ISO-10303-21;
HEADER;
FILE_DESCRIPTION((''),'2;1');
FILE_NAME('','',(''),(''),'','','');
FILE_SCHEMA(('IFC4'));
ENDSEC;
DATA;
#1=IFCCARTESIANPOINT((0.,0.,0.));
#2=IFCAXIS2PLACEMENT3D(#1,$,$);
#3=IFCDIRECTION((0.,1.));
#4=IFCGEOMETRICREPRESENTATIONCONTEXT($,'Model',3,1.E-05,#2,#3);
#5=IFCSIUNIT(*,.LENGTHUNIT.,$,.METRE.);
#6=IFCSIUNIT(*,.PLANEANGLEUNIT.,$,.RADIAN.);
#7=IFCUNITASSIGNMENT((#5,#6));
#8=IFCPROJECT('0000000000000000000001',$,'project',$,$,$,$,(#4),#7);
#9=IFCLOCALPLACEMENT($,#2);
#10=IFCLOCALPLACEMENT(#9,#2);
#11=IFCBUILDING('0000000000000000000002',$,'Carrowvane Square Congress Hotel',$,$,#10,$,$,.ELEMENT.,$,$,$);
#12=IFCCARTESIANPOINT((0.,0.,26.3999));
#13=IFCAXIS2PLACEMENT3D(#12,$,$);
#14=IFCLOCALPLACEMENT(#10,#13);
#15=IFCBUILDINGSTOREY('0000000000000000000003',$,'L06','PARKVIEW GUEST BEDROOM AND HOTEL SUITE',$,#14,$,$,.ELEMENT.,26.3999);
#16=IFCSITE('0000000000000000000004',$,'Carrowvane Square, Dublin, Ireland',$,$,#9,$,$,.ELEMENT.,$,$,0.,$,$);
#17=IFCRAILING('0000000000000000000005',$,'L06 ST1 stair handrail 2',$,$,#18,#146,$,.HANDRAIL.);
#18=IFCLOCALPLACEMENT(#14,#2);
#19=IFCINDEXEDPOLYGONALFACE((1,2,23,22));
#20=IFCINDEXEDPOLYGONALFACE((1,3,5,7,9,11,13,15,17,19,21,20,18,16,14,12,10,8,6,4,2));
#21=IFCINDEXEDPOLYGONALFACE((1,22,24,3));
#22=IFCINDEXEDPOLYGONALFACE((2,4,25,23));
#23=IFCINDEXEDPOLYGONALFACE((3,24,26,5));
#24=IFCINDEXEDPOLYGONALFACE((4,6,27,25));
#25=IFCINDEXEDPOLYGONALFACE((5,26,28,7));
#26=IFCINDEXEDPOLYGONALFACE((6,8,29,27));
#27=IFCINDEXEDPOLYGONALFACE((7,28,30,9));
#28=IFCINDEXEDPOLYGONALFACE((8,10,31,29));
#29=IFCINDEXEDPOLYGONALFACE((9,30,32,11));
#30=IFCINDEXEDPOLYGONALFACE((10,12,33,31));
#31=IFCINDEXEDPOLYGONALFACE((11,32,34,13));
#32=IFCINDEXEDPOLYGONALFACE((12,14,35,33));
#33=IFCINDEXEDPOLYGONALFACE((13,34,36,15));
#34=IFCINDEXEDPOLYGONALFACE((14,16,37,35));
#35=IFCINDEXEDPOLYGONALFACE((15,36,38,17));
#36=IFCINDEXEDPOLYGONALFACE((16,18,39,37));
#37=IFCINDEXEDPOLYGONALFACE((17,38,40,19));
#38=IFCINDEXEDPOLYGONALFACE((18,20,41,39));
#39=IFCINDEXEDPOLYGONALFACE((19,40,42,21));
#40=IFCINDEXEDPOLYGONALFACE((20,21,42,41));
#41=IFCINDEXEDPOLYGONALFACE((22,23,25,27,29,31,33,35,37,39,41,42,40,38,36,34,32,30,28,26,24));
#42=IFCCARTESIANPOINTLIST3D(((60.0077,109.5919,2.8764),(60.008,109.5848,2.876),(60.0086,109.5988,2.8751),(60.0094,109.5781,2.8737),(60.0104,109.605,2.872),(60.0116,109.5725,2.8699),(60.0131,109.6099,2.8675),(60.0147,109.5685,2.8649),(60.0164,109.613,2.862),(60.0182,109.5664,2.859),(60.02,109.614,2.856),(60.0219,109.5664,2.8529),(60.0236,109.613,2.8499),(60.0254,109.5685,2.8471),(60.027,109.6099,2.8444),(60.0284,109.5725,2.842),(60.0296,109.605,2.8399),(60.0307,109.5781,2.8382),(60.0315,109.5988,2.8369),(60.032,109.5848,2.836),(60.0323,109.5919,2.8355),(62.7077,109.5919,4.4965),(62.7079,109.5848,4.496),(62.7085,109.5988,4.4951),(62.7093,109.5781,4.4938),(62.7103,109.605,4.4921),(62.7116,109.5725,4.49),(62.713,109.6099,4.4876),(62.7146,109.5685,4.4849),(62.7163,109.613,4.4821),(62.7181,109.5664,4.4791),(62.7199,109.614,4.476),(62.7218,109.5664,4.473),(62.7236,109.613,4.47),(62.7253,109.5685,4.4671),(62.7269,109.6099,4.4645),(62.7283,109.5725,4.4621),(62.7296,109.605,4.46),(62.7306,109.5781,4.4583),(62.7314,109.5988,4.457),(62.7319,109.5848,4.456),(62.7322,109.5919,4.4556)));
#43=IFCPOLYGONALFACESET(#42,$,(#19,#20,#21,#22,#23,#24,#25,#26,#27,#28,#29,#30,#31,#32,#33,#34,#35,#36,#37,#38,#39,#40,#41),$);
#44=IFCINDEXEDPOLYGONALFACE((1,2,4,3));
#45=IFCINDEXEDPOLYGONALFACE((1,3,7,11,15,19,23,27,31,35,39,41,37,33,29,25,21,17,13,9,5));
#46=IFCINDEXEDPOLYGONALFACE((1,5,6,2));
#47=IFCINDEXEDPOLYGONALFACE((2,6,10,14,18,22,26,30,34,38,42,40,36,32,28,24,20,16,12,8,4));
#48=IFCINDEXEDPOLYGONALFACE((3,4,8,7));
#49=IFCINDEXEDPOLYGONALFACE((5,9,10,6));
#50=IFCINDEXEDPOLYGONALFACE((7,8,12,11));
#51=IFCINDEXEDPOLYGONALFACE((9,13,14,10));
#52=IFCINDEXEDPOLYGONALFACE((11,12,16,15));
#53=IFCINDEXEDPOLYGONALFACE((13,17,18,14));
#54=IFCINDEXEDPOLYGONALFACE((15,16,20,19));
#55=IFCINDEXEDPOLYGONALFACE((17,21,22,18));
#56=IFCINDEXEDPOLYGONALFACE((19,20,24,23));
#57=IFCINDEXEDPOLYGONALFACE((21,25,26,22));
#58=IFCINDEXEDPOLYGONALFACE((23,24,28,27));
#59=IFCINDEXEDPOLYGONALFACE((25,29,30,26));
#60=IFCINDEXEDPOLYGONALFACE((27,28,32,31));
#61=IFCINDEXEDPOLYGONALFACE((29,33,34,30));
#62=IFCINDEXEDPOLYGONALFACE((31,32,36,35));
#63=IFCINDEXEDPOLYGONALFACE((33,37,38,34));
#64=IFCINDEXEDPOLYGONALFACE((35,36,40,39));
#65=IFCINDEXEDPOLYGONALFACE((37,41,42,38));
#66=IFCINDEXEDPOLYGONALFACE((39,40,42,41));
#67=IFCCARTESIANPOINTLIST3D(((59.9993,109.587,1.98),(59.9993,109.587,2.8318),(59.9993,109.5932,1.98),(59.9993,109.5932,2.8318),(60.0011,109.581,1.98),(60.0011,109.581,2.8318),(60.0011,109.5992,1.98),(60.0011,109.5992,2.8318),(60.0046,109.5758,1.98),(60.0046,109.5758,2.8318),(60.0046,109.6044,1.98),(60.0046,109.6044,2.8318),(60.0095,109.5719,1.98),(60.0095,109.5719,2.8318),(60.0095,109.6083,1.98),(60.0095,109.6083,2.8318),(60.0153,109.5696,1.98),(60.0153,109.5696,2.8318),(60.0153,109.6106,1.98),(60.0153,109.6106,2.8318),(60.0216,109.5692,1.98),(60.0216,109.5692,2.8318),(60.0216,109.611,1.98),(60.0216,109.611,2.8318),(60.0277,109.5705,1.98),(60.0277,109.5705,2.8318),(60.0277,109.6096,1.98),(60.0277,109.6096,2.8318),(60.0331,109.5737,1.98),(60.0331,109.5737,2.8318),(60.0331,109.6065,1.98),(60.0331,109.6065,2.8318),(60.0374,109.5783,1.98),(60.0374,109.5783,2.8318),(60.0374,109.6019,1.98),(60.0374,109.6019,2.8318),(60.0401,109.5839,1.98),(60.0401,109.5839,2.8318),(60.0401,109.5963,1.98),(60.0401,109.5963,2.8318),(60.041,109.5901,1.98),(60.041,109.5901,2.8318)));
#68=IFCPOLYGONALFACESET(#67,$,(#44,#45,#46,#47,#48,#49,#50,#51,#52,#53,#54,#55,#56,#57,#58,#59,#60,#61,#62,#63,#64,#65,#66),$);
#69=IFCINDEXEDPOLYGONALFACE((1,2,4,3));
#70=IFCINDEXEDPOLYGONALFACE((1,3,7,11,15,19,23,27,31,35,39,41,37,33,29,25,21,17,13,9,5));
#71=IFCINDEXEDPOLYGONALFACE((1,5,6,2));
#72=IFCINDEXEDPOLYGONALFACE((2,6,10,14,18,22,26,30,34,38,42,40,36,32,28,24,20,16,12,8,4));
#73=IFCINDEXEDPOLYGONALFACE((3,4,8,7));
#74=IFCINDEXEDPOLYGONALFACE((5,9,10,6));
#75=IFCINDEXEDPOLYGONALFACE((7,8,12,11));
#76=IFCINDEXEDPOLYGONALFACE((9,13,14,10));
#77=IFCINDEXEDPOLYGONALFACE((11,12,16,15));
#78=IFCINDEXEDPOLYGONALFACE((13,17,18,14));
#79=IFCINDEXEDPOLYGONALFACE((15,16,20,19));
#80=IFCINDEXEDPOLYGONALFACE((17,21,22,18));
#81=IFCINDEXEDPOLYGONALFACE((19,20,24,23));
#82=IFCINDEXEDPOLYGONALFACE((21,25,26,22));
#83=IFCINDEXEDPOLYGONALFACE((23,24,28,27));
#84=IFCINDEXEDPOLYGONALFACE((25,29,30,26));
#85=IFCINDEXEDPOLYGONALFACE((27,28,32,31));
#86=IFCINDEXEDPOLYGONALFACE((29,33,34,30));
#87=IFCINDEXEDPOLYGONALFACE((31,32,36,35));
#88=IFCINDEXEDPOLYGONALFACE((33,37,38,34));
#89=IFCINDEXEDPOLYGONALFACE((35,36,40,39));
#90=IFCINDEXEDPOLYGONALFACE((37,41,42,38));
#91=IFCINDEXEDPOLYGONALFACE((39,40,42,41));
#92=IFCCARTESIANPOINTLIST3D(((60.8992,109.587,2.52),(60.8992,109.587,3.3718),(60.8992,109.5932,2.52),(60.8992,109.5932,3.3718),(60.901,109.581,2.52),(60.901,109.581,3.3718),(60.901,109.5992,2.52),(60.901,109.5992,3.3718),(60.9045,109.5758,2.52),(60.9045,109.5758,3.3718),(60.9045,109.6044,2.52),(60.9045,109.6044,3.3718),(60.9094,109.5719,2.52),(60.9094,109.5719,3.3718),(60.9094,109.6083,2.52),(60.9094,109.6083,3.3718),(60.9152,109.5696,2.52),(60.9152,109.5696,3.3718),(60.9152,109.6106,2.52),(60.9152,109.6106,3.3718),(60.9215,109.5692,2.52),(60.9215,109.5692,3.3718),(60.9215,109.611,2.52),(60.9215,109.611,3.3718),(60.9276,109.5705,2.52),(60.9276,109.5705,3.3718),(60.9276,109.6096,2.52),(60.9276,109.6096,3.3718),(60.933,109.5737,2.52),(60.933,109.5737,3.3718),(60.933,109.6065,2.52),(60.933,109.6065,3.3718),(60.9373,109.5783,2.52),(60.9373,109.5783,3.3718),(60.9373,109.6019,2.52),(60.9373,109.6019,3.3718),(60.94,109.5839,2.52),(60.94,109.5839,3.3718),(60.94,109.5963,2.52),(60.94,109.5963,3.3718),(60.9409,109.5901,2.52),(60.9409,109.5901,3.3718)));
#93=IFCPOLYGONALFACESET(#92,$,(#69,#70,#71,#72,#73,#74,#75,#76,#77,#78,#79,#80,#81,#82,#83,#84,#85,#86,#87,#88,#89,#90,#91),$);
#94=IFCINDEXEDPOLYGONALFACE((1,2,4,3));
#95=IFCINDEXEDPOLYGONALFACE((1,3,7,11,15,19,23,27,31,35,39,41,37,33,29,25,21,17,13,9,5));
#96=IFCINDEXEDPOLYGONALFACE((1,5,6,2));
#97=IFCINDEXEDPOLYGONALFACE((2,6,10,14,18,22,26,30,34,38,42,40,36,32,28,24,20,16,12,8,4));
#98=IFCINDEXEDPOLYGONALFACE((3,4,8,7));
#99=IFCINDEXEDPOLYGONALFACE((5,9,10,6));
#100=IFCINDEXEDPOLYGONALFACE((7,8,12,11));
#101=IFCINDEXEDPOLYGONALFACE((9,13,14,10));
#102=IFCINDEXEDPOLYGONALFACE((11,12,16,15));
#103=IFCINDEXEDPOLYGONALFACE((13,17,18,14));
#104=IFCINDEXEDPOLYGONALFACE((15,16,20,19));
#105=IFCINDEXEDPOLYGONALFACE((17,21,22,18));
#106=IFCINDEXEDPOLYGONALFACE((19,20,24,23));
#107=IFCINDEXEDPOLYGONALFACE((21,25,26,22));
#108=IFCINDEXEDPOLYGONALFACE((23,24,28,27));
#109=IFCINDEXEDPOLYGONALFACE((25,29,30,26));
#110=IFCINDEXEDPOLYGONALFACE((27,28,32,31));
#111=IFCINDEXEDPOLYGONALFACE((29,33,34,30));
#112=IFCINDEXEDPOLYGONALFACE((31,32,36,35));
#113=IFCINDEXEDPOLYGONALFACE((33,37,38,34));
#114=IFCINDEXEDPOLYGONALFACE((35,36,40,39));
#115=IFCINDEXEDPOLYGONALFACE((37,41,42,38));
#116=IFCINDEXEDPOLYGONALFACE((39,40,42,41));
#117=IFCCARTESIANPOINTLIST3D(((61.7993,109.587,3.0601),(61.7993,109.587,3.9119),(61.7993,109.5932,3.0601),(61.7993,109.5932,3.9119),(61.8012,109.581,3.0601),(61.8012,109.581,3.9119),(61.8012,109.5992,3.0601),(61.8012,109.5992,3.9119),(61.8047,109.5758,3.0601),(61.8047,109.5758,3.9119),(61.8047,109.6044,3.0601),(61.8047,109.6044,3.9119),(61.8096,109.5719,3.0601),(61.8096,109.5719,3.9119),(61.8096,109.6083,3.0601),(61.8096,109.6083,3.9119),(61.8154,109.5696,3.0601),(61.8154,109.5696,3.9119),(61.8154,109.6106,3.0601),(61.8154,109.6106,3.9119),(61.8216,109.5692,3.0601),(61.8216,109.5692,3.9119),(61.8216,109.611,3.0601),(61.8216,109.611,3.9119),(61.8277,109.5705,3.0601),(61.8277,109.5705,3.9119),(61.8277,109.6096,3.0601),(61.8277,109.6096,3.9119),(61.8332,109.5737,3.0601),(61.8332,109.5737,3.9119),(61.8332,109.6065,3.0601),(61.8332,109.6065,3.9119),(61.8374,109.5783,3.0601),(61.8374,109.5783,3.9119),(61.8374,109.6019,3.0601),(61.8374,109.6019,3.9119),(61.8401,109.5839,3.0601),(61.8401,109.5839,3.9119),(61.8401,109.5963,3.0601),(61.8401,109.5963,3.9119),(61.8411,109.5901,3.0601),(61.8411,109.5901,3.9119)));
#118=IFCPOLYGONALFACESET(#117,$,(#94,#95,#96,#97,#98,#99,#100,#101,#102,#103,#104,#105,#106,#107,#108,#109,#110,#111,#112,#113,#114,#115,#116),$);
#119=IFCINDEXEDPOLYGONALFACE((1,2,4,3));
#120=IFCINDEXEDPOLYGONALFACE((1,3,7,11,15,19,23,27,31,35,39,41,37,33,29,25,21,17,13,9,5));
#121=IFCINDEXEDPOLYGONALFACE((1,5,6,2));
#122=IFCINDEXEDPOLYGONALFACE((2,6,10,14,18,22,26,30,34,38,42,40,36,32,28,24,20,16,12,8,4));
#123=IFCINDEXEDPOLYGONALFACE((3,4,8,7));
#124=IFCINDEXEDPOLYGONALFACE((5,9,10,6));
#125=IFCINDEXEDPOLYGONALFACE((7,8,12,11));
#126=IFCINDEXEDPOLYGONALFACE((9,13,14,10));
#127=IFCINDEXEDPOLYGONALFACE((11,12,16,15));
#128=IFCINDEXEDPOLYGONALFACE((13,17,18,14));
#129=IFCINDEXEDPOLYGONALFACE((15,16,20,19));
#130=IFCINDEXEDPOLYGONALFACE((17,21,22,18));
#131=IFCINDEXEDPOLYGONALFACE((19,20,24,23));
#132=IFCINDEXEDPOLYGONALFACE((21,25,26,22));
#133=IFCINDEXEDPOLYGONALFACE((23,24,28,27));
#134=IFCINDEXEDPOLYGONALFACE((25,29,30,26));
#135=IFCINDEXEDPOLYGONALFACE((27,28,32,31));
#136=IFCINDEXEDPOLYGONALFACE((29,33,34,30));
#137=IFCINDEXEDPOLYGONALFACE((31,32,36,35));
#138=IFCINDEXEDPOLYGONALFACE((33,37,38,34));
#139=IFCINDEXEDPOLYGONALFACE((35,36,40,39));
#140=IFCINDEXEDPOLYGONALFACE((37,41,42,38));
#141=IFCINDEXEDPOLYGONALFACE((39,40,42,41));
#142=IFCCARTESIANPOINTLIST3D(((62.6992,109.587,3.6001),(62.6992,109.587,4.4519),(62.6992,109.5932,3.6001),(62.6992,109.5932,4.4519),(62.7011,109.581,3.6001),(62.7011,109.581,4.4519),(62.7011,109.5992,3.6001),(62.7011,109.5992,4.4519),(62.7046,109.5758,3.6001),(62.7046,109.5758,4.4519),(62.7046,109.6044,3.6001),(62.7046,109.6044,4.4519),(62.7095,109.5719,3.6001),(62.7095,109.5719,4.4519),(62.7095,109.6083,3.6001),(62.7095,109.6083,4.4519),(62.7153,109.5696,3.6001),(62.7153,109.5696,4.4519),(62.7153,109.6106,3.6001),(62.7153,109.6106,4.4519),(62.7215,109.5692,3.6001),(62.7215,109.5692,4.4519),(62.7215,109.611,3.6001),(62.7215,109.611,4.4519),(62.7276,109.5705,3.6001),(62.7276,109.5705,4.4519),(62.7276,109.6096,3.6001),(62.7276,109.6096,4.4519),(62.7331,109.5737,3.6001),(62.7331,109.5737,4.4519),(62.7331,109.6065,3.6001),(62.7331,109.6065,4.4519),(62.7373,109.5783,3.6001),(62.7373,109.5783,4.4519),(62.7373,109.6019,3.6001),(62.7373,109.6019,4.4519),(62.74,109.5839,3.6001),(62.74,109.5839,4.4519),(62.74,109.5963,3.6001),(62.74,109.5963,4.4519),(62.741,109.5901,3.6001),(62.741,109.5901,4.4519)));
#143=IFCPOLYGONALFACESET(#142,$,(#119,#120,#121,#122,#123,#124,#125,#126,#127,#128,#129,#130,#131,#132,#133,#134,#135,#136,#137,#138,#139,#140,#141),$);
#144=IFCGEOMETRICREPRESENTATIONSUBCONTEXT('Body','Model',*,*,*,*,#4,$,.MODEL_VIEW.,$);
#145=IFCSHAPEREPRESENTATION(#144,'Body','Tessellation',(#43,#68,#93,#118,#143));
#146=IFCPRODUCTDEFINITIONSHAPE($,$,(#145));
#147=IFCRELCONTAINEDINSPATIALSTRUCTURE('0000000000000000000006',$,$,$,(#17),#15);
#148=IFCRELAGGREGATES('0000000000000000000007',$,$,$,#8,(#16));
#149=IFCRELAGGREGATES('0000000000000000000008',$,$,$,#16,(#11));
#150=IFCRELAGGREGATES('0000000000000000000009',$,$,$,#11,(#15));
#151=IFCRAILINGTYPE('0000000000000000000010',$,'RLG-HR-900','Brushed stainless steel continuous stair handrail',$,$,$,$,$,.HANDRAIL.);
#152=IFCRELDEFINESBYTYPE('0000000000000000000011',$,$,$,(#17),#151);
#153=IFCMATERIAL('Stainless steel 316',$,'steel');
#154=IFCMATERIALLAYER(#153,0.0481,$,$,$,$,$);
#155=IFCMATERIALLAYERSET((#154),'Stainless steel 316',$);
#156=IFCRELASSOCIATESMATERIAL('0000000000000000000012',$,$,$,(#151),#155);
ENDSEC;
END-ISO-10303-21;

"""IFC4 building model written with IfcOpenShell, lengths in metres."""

from ifc_helpers import new_model, si_unit, direction, frame, origin, origin_2d, place, context, subcontext, project, spatial, circle, extrude, material, layer, layer_set, type_object, element, save


model = new_model("IFC4")

# Units and contexts
model_context = context("Model", 3, precision=1e-05, world=origin(), true_north=direction((0.0, 1.0)))
body_context = subcontext(model_context, "Body", "Model", "MODEL_VIEW")
ifc_project = project(units=[si_unit("LENGTHUNIT", "METRE"), si_unit("PLANEANGLEUNIT", "RADIAN")], contexts=[model_context])

# Site, building, storey
site_placement = place(None, origin())
site = spatial("IfcSite", under=ifc_project, at=site_placement, Name="Carrowvane Square, Dublin, Ireland", CompositionType="ELEMENT", RefElevation=0.0)
building_placement = place(site_placement, origin())
building = spatial("IfcBuilding", under=site, at=building_placement, Name="Carrowvane Square Congress Hotel", CompositionType="ELEMENT")
storey_placement = place(building_placement, frame((0.0, 0.0, 26.3999)))
storey = spatial("IfcBuildingStorey", under=building, at=storey_placement, Name="L06", Description="PARKVIEW GUEST BEDROOM AND HOTEL SUITE", CompositionType="ELEMENT", Elevation=26.3999)

# Railing
ifc_material_1 = material(Name="Stainless steel 316", Category="steel")
ifc_layer_1 = layer(ifc_material_1, 0.0481)
ifc_layer_set_1 = layer_set([ifc_layer_1], Name="Stainless steel 316")
railing_type_1 = type_object("IfcRailingType", Name="RLG-HR-900", Description="Brushed stainless steel continuous stair handrail", PredefinedType="HANDRAIL", material=ifc_layer_set_1)
railing_1_placement = place(storey_placement, frame((60.02, 109.5901, 1.98)))
element("IfcRailing", 1, at=railing_1_placement, inside=storey, type_object=railing_type_1, Name="L06 ST1 stair handrail 2", PredefinedType="HANDRAIL", context=body_context, shape_type="SweptSolid", body=[
    extrude(circle(Radius=0.0239, at=origin_2d()), frame((0.0, 0.0, 0.876), z_axis=(0.857472, 0.0, 0.51453), x_axis=(0.0, 1.0, 0.0)), (0.0, 0.0, 1.0), 3.1487),
    extrude(circle(Radius=0.021, at=origin_2d()), origin(), (0.0, 0.0, 1.0), 0.8518),
    extrude(circle(Radius=0.021, at=origin_2d()), frame((0.8999, 0.0, 0.54)), (0.0, 0.0, 1.0), 0.8518),
    extrude(circle(Radius=0.021, at=origin_2d()), frame((1.8, 0.0, 1.0801)), (0.0, 0.0, 1.0), 0.8518),
    extrude(circle(Radius=0.021, at=origin_2d()), frame((2.7, 0.0, 1.6201)), (0.0, 0.0, 1.0), 0.8518),
])

save(model, "model.ifc")
